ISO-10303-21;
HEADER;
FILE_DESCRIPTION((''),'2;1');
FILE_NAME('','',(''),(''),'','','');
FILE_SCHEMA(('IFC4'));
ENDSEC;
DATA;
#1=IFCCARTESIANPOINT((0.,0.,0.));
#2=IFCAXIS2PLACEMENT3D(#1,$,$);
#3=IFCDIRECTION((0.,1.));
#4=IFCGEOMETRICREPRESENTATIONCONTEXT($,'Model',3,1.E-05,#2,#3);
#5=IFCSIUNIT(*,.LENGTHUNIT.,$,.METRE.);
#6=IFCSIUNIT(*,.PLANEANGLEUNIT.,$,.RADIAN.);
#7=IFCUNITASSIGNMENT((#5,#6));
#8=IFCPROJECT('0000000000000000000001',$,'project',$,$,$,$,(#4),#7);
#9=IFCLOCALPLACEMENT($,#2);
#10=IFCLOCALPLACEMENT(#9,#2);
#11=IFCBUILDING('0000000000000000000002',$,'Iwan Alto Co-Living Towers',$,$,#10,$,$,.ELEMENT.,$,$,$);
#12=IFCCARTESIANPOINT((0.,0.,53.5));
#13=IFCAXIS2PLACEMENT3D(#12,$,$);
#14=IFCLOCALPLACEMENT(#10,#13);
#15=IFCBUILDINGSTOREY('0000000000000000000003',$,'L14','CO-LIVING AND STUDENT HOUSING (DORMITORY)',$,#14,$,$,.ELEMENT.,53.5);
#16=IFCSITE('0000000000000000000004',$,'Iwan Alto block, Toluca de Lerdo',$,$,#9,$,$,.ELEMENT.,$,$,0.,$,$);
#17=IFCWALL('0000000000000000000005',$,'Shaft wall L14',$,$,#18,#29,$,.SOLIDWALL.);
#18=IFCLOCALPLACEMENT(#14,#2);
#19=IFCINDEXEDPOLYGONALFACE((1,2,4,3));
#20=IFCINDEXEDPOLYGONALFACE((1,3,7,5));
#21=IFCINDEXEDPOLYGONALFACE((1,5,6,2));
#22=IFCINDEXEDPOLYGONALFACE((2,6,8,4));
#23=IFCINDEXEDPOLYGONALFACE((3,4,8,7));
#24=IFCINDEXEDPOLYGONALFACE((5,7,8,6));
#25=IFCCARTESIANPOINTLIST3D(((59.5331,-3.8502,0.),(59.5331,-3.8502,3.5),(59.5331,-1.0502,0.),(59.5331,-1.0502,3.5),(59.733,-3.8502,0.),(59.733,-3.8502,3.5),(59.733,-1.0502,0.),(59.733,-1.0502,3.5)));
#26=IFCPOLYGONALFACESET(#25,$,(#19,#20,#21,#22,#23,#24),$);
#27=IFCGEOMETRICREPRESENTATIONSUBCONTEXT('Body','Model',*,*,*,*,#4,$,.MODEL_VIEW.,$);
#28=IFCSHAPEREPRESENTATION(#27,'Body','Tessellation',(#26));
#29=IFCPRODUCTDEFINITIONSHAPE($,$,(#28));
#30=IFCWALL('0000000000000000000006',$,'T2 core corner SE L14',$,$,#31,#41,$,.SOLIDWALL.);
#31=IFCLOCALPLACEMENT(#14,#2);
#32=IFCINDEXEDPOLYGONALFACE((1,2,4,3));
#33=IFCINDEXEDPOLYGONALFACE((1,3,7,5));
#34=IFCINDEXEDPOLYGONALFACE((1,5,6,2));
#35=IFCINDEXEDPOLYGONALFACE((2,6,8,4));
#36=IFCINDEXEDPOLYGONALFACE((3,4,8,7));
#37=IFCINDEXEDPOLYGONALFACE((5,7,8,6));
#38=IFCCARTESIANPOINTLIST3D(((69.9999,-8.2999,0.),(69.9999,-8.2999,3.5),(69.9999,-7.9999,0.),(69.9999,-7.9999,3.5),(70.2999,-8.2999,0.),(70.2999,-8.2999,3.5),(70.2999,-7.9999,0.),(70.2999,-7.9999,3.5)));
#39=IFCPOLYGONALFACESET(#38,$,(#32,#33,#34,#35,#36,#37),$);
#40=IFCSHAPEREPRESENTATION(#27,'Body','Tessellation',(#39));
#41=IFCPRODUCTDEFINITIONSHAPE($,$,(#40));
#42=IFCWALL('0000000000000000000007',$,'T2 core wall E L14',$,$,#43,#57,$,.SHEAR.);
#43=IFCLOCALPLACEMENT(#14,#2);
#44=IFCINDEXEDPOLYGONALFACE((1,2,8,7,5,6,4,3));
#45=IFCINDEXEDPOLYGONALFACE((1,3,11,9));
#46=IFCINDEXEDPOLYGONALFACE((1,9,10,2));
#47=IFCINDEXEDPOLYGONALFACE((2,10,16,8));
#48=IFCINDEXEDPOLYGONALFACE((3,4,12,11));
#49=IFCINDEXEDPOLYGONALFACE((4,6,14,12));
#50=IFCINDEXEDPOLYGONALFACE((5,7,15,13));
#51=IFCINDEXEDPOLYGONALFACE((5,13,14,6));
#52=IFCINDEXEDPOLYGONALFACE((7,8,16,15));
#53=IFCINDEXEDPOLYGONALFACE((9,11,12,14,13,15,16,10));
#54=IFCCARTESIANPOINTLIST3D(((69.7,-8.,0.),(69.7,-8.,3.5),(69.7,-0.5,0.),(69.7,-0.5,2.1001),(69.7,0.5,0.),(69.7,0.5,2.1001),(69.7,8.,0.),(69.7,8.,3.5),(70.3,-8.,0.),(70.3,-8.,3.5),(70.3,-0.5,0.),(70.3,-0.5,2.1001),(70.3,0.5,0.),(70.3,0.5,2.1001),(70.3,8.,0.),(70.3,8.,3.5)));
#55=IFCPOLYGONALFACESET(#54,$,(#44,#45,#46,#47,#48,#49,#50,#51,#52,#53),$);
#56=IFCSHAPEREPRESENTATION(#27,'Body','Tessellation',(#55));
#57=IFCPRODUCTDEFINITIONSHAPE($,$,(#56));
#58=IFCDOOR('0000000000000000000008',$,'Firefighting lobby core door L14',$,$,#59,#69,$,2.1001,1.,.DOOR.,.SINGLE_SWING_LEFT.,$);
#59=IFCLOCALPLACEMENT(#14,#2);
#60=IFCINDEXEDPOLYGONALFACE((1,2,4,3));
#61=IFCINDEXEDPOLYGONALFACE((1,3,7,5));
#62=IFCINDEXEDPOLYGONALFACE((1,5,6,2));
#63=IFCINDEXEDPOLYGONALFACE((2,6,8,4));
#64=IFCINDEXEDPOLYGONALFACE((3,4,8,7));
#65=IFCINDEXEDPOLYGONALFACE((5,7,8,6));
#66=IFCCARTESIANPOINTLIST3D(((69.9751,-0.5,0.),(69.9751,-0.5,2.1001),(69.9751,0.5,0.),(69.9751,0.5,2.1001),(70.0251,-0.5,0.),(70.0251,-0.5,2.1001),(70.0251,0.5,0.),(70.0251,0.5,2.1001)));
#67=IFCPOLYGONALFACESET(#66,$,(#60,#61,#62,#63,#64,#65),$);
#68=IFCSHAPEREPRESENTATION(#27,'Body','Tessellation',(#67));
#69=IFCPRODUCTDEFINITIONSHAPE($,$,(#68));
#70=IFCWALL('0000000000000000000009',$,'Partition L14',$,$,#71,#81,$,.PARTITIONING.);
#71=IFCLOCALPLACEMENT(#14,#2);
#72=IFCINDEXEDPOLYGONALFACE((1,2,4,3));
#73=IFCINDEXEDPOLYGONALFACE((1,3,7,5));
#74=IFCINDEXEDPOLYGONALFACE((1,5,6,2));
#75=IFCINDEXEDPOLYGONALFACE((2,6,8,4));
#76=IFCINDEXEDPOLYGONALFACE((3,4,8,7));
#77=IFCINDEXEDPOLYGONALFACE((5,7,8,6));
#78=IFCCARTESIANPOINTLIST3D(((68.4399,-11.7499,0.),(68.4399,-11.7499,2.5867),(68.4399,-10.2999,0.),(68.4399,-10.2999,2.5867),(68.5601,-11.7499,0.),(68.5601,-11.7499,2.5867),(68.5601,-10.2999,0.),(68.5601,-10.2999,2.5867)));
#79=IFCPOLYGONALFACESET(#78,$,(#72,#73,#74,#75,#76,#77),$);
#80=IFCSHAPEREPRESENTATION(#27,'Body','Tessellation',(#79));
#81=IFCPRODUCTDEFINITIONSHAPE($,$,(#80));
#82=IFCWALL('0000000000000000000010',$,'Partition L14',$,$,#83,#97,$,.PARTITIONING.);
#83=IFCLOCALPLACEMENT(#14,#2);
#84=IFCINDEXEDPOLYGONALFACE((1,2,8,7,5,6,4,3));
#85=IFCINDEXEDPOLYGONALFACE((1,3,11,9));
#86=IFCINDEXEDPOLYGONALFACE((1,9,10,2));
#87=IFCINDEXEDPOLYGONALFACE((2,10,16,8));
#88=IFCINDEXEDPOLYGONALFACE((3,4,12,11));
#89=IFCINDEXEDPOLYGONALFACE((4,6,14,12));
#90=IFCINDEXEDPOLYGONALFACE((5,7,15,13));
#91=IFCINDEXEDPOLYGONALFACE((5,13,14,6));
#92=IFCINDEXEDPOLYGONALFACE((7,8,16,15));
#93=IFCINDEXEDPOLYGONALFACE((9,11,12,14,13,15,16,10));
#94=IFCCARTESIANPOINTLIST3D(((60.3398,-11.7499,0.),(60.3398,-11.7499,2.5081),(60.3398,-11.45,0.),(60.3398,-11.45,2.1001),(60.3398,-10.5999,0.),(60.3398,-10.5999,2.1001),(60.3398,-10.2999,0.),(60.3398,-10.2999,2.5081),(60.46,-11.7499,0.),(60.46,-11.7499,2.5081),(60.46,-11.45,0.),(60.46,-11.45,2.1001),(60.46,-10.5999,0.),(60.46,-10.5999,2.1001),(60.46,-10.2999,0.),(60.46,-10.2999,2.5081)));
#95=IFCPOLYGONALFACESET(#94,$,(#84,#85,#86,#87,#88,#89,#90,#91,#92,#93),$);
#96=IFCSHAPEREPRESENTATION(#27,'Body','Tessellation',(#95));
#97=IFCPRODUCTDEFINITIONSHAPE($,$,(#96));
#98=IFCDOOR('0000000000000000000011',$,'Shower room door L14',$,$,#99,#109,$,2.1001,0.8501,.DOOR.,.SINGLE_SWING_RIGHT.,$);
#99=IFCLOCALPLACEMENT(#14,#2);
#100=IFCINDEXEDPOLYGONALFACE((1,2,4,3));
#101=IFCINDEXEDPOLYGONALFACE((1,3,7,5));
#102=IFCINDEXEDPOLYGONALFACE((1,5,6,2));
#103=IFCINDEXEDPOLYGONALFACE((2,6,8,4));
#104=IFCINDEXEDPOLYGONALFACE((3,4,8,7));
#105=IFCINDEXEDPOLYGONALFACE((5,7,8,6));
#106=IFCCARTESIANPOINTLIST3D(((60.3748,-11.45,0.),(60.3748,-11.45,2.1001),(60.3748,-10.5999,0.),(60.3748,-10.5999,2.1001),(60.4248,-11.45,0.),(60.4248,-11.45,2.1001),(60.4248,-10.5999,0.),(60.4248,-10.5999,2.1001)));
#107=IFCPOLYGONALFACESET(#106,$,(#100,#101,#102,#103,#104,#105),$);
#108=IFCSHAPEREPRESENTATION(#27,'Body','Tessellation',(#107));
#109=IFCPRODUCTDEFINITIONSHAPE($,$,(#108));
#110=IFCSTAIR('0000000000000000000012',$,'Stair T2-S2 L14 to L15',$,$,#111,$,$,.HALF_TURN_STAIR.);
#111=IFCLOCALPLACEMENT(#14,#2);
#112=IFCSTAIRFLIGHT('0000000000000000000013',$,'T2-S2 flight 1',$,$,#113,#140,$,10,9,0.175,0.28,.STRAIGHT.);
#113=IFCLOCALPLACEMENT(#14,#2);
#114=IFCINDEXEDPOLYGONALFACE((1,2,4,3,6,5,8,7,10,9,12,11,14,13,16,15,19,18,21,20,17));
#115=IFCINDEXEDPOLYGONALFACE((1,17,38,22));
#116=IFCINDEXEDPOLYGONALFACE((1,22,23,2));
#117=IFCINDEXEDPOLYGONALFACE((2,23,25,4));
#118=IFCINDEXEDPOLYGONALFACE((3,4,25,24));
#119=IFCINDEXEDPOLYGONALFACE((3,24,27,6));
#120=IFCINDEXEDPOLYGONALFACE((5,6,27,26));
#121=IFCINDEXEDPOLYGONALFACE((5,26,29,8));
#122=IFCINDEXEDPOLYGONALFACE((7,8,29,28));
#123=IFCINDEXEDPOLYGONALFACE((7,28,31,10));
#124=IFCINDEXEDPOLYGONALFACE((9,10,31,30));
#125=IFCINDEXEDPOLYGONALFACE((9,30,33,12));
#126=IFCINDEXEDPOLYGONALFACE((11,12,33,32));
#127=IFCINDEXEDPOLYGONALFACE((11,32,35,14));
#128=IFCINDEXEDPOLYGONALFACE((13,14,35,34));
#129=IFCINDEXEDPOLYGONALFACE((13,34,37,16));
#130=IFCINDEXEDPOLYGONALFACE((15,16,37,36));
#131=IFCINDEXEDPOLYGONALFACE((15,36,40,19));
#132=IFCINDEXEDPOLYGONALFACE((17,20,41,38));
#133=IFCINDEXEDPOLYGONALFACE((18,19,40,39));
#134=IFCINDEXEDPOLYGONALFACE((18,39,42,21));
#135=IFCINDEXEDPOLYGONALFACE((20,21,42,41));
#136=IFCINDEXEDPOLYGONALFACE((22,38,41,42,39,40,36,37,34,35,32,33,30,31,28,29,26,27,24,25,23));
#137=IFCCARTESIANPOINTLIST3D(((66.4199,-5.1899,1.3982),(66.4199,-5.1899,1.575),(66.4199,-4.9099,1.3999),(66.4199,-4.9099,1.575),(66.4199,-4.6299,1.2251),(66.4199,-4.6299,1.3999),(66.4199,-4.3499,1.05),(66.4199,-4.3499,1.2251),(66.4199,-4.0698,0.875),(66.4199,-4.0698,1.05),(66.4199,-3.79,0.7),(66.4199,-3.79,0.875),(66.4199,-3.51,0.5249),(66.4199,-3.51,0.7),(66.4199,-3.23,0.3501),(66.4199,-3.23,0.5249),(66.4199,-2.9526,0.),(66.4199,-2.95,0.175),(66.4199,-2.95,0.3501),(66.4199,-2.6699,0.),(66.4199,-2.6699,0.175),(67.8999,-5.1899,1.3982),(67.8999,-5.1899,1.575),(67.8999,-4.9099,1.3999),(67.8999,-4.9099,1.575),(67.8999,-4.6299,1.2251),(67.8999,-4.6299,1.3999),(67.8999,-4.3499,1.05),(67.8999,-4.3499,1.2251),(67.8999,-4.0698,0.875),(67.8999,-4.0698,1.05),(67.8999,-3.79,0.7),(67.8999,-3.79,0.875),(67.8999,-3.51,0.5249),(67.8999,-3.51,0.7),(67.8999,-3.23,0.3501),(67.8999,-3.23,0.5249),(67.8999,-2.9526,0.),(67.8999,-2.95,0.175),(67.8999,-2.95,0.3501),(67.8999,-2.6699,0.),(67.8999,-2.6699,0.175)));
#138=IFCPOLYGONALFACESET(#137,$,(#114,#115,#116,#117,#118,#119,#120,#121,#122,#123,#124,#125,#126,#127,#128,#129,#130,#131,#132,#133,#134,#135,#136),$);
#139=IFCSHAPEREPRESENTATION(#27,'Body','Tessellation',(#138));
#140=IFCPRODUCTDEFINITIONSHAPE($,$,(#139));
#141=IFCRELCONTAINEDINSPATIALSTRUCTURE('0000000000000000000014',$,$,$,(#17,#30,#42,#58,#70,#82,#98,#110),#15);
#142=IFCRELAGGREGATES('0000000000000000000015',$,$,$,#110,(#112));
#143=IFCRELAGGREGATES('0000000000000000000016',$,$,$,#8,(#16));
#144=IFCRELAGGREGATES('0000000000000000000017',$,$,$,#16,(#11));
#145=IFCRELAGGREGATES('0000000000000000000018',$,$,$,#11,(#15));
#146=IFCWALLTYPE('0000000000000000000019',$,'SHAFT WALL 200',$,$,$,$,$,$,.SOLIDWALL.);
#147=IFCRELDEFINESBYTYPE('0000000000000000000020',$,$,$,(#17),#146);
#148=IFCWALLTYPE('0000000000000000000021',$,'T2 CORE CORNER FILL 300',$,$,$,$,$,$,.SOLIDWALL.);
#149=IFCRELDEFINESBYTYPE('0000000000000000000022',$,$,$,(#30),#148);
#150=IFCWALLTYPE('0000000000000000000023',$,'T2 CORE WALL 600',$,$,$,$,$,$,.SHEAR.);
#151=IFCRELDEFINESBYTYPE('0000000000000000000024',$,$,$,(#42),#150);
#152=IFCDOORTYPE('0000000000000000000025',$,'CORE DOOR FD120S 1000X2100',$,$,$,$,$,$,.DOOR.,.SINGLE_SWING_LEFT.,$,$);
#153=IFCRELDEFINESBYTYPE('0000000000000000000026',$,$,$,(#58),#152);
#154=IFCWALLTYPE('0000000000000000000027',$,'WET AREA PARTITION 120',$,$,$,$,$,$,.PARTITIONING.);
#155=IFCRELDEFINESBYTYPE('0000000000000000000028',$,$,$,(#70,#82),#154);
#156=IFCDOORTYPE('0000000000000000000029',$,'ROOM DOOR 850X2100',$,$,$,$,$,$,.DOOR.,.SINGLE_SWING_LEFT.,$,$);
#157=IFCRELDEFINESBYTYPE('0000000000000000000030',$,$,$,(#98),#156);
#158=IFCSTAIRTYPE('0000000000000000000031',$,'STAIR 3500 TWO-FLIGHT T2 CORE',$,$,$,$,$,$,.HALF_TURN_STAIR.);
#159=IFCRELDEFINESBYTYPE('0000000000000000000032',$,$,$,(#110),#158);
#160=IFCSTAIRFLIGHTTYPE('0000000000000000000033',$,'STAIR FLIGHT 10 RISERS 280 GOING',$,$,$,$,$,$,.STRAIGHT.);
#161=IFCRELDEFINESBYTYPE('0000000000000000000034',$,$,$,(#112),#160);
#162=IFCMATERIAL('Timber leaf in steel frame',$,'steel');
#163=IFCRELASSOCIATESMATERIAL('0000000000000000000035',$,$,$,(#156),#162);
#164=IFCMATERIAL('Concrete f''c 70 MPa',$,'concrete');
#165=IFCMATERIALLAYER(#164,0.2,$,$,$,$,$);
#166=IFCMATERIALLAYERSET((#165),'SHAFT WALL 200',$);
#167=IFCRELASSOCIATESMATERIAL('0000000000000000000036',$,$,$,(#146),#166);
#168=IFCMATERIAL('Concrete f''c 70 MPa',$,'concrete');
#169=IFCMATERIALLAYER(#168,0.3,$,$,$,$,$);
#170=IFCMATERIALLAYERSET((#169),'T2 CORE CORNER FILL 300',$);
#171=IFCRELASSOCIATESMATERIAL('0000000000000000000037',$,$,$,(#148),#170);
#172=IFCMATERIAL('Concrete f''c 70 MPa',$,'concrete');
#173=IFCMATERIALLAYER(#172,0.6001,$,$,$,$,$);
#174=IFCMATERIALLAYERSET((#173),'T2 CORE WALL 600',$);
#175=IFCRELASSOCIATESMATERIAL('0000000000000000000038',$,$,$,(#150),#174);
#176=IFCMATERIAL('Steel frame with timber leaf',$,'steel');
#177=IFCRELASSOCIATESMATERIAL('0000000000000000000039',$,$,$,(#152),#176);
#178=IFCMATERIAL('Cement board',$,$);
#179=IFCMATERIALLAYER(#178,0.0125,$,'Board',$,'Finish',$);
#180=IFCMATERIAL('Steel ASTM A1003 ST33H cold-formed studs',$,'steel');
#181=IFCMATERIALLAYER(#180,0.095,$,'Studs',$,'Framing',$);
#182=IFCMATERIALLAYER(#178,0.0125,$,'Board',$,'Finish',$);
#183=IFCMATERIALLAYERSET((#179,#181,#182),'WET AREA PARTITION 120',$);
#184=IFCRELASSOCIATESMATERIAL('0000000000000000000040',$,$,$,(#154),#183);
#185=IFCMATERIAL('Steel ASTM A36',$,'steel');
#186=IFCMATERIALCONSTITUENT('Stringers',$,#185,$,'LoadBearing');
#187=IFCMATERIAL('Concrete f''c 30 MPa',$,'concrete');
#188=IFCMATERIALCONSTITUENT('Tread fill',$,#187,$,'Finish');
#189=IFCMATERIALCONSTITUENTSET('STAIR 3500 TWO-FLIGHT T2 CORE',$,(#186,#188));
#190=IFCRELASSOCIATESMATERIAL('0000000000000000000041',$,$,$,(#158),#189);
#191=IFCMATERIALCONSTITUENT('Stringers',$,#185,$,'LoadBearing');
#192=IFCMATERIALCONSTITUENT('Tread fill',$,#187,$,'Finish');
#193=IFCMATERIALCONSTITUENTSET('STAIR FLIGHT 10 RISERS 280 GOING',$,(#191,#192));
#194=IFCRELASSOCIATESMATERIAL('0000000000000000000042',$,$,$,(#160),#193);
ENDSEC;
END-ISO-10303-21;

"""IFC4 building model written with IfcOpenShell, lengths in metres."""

from ifc_helpers import new_model, si_unit, direction, frame, frame_2d, origin, place, context, subcontext, project, spatial, polyline, rectangle, outline, extrude, material, layer, layer_set, constituent, constituent_set, type_object, element, fill, aggregate, save


model = new_model("IFC4")

# Units and contexts
model_context = context("Model", 3, precision=1e-05, world=origin(), true_north=direction((0.0, 1.0)))
body_context = subcontext(model_context, "Body", "Model", "MODEL_VIEW")
ifc_project = project(units=[si_unit("LENGTHUNIT", "METRE"), si_unit("PLANEANGLEUNIT", "RADIAN")], contexts=[model_context])

# Site, building, storey
site_placement = place(None, origin())
site = spatial("IfcSite", under=ifc_project, at=site_placement, Name="Iwan Alto block, Toluca de Lerdo", CompositionType="ELEMENT", RefElevation=0.0)
building_placement = place(site_placement, origin())
building = spatial("IfcBuilding", under=site, at=building_placement, Name="Iwan Alto Co-Living Towers", CompositionType="ELEMENT")
storey_placement = place(building_placement, frame((0.0, 0.0, 53.5)))
storey = spatial("IfcBuildingStorey", under=building, at=storey_placement, Name="L14", Description="CO-LIVING AND STUDENT HOUSING (DORMITORY)", CompositionType="ELEMENT", Elevation=53.5)

# Shared definitions
ifc_material_1 = material(Name="Steel ASTM A1003 ST33H cold-formed studs", Category="steel")

# Shared definitions
ifc_material_2 = material(Name="Timber leaf in steel frame", Category="steel")
door_type_1 = type_object("IfcDoorType", Name="ROOM DOOR 850X2100", OperationType="SINGLE_SWING_LEFT", PredefinedType="DOOR", material=ifc_material_2)

# Shared definitions
ifc_material_3 = material(Name="Concrete f'c 70 MPa", Category="concrete")
ifc_layer_1 = layer(ifc_material_3, 0.2)
ifc_layer_set_1 = layer_set([ifc_layer_1], Name="SHAFT WALL 200")
wall_type_1 = type_object("IfcWallType", Name="SHAFT WALL 200", PredefinedType="SOLIDWALL", material=ifc_layer_set_1)

# Walls
wall_1_placement = place(storey_placement, frame((59.6331, -3.8501, 0.0), z_axis=(0.0, 0.0, 1.0), x_axis=(0.0, 1.0, 0.0)))
element("IfcWall", 1, at=wall_1_placement, inside=storey, type_object=wall_type_1, Name="Shaft wall L14", PredefinedType="SOLIDWALL", context=body_context, shape_type="SweptSolid", body=[
    extrude(rectangle(XDim=2.8, YDim=0.2, at=frame_2d((1.3999, 0.0))), origin(), (0.0, 0.0, 1.0), 3.5),
])
ifc_material_4 = material(Name="Concrete f'c 70 MPa", Category="concrete")
ifc_layer_2 = layer(ifc_material_4, 0.3)
ifc_layer_set_2 = layer_set([ifc_layer_2], Name="T2 CORE CORNER FILL 300")
wall_type_2 = type_object("IfcWallType", Name="T2 CORE CORNER FILL 300", PredefinedType="SOLIDWALL", material=ifc_layer_set_2)
wall_2_placement = place(storey_placement, frame((70.0, -8.1499, 0.0), z_axis=(0.0, 0.0, 1.0), x_axis=(1.0, 0.0, 0.0)))
element("IfcWall", 2, at=wall_2_placement, inside=storey, type_object=wall_type_2, Name="T2 core corner SE L14", PredefinedType="SOLIDWALL", context=body_context, shape_type="SweptSolid", body=[
    extrude(rectangle(XDim=0.3, YDim=0.3, at=frame_2d((0.1499, 0.0))), origin(), (0.0, 0.0, 1.0), 3.5),
])

# Wall, opening, door
ifc_material_5 = material(Name="Concrete f'c 70 MPa", Category="concrete")
ifc_layer_3 = layer(ifc_material_5, 0.6001)
ifc_layer_set_3 = layer_set([ifc_layer_3], Name="T2 CORE WALL 600")
wall_type_3 = type_object("IfcWallType", Name="T2 CORE WALL 600", PredefinedType="SHEAR", material=ifc_layer_set_3)
wall_3_placement = place(storey_placement, frame((70.0, -8.0, 0.0), z_axis=(0.0, 0.0, 1.0), x_axis=(0.0, 1.0, 0.0)))
wall_3 = element("IfcWall", 3, at=wall_3_placement, inside=storey, type_object=wall_type_3, Name="T2 core wall E L14", PredefinedType="SHEAR", context=body_context, shape_type="SweptSolid", body=[
    extrude(rectangle(XDim=16.0, YDim=0.6001, at=frame_2d((8.0, 0.0))), origin(), (0.0, 0.0, 1.0), 3.5),
])
opening_1_placement = place(wall_3_placement, frame((7.5, 0.0, 0.0)))
opening_1 = element("IfcOpeningElement", 4, at=opening_1_placement, cuts=wall_3, PredefinedType="OPENING", context=body_context, shape_type="SweptSolid", body=[
    extrude(rectangle(XDim=1.0, YDim=2.1001, at=frame_2d((0.5, 1.05))), frame((0.0, 0.3101, 0.0), z_axis=(0.0, -1.0, 0.0), x_axis=(1.0, 0.0, 0.0)), (0.0, 0.0, 1.0), 0.6201),
])
ifc_material_6 = material(Name="Steel frame with timber leaf", Category="steel")
door_type_2 = type_object("IfcDoorType", Name="CORE DOOR FD120S 1000X2100", OperationType="SINGLE_SWING_LEFT", PredefinedType="DOOR", material=ifc_material_6)
door_1_placement = place(opening_1_placement, origin())
door_1 = element("IfcDoor", 5, at=door_1_placement, inside=storey, type_object=door_type_2, Name="Firefighting lobby core door L14", OperationType="SINGLE_SWING_LEFT", OverallHeight=2.1001, OverallWidth=1.0, PredefinedType="DOOR", context=body_context, shape_type="SweptSolid", body=[
    extrude(rectangle(XDim=1.0, YDim=2.1001, at=frame_2d((0.5, 1.05))), frame((0.0, 0.0249, 0.0), z_axis=(0.0, -1.0, 0.0), x_axis=(1.0, 0.0, 0.0)), (0.0, 0.0, 1.0), 0.05),
])
fill(opening_1, door_1)

# Wall
ifc_material_7 = material(Name="Cement board")
ifc_layer_4 = layer(ifc_material_7, 0.0125, Name="Board", Category="Finish")
ifc_layer_5 = layer(ifc_material_1, 0.095, Name="Studs", Category="Framing")
ifc_layer_6 = layer(ifc_material_7, 0.0125, Name="Board", Category="Finish")
ifc_layer_set_4 = layer_set([ifc_layer_4, ifc_layer_5, ifc_layer_6], Name="WET AREA PARTITION 120")
wall_type_4 = type_object("IfcWallType", Name="WET AREA PARTITION 120", PredefinedType="PARTITIONING", material=ifc_layer_set_4)
wall_4_placement = place(storey_placement, frame((68.5, -11.75, 0.0), z_axis=(0.0, 0.0, 1.0), x_axis=(0.0, 1.0, 0.0)))
element("IfcWall", 6, at=wall_4_placement, inside=storey, type_object=wall_type_4, Name="Partition L14", PredefinedType="PARTITIONING", context=body_context, shape_type="SweptSolid", body=[
    extrude(rectangle(XDim=1.45, YDim=0.1201, at=frame_2d((0.7251, 0.0))), origin(), (0.0, 0.0, 1.0), 2.5867),
])

# Wall, opening, door
wall_5_placement = place(storey_placement, frame((60.3999, -11.75, 0.0), z_axis=(0.0, 0.0, 1.0), x_axis=(0.0, 1.0, 0.0)))
wall_5 = element("IfcWall", 7, at=wall_5_placement, inside=storey, type_object=wall_type_4, Name="Partition L14", PredefinedType="PARTITIONING", context=body_context, shape_type="SweptSolid", body=[
    extrude(rectangle(XDim=1.45, YDim=0.1201, at=frame_2d((0.7251, 0.0))), origin(), (0.0, 0.0, 1.0), 2.5081),
])
opening_2_placement = place(wall_5_placement, frame((0.3, 0.0, 0.0)))
opening_2 = element("IfcOpeningElement", 8, at=opening_2_placement, cuts=wall_5, PredefinedType="OPENING", context=body_context, shape_type="SweptSolid", body=[
    extrude(rectangle(XDim=0.8501, YDim=2.1001, at=frame_2d((0.425, 1.05))), frame((0.0, 0.0701, 0.0), z_axis=(0.0, -1.0, 0.0), x_axis=(1.0, 0.0, 0.0)), (0.0, 0.0, 1.0), 0.1401),
])
door_2_placement = place(opening_2_placement, frame((0.8501, 0.0, 0.0), z_axis=(0.0, 0.0, 1.0), x_axis=(-1.0, 0.0, 0.0)))
door_2 = element("IfcDoor", 9, at=door_2_placement, inside=storey, type_object=door_type_1, Name="Shower room door L14", OperationType="SINGLE_SWING_RIGHT", OverallHeight=2.1001, OverallWidth=0.8501, PredefinedType="DOOR", context=body_context, shape_type="SweptSolid", body=[
    extrude(rectangle(XDim=0.8501, YDim=2.1001, at=frame_2d((0.425, 1.05))), frame((0.0, 0.0249, 0.0), z_axis=(0.0, -1.0, 0.0), x_axis=(1.0, 0.0, 0.0)), (0.0, 0.0, 1.0), 0.05),
])
fill(opening_2, door_2)

# Stair, stair flight
ifc_material_8 = material(Name="Steel ASTM A36", Category="steel")
ifc_constituent_1 = constituent(ifc_material_8, Name="Stringers", Category="LoadBearing")
ifc_material_9 = material(Name="Concrete f'c 30 MPa", Category="concrete")
ifc_constituent_2 = constituent(ifc_material_9, Name="Tread fill", Category="Finish")
ifc_constituent_set_1 = constituent_set(constituents=[ifc_constituent_1, ifc_constituent_2], Name="STAIR 3500 TWO-FLIGHT T2 CORE")
stair_type = type_object("IfcStairType", Name="STAIR 3500 TWO-FLIGHT T2 CORE", PredefinedType="HALF_TURN_STAIR", material=ifc_constituent_set_1)
stair_placement = place(storey_placement, origin())
stair = element("IfcStair", 10, at=stair_placement, inside=storey, type_object=stair_type, Name="Stair T2-S2 L14 to L15", PredefinedType="HALF_TURN_STAIR")
ifc_constituent_3 = constituent(ifc_material_8, Name="Stringers", Category="LoadBearing")
ifc_constituent_4 = constituent(ifc_material_9, Name="Tread fill", Category="Finish")
ifc_constituent_set_2 = constituent_set(constituents=[ifc_constituent_3, ifc_constituent_4], Name="STAIR FLIGHT 10 RISERS 280 GOING")
stair_flight_type = type_object("IfcStairFlightType", Name="STAIR FLIGHT 10 RISERS 280 GOING", PredefinedType="STRAIGHT", material=ifc_constituent_set_2)
stair_flight_1_placement = place(storey_placement, frame((67.1599, -2.6699, 0.0), z_axis=(0.0, 0.0, 1.0), x_axis=(0.0, -1.0, 0.0)))
stair_flight_1 = element("IfcStairFlight", 11, at=stair_flight_1_placement, type_object=stair_flight_type, Name="T2-S2 flight 1", NumberOfRisers=10, NumberOfTreads=9, PredefinedType="STRAIGHT", RiserHeight=0.175, TreadLength=0.28, context=body_context, shape_type="SweptSolid", body=[
    extrude(outline(polyline([(0.0, 0.0), (0.0, 0.175), (0.28, 0.175), (0.28, 0.3501), (0.5601, 0.3501), (0.5601, 0.5249), (0.8401, 0.5249), (0.8401, 0.7), (1.1201, 0.7), (1.1201, 0.875), (1.3999, 0.875), (1.3999, 1.05), (1.6799, 1.05), (1.6799, 1.2251), (1.96, 1.2251), (1.96, 1.3999), (2.24, 1.3999), (2.24, 1.575), (2.52, 1.575), (2.52, 1.75), (2.52, 1.3982), (0.2827, 0.0), (0.0, 0.0)])), frame((0.0, 0.74, 0.0), z_axis=(0.0, -1.0, 0.0), x_axis=(1.0, 0.0, 0.0)), (0.0, 0.0, 1.0), 1.48),
])
aggregate(stair, [stair_flight_1])

save(model, "model.ifc")
